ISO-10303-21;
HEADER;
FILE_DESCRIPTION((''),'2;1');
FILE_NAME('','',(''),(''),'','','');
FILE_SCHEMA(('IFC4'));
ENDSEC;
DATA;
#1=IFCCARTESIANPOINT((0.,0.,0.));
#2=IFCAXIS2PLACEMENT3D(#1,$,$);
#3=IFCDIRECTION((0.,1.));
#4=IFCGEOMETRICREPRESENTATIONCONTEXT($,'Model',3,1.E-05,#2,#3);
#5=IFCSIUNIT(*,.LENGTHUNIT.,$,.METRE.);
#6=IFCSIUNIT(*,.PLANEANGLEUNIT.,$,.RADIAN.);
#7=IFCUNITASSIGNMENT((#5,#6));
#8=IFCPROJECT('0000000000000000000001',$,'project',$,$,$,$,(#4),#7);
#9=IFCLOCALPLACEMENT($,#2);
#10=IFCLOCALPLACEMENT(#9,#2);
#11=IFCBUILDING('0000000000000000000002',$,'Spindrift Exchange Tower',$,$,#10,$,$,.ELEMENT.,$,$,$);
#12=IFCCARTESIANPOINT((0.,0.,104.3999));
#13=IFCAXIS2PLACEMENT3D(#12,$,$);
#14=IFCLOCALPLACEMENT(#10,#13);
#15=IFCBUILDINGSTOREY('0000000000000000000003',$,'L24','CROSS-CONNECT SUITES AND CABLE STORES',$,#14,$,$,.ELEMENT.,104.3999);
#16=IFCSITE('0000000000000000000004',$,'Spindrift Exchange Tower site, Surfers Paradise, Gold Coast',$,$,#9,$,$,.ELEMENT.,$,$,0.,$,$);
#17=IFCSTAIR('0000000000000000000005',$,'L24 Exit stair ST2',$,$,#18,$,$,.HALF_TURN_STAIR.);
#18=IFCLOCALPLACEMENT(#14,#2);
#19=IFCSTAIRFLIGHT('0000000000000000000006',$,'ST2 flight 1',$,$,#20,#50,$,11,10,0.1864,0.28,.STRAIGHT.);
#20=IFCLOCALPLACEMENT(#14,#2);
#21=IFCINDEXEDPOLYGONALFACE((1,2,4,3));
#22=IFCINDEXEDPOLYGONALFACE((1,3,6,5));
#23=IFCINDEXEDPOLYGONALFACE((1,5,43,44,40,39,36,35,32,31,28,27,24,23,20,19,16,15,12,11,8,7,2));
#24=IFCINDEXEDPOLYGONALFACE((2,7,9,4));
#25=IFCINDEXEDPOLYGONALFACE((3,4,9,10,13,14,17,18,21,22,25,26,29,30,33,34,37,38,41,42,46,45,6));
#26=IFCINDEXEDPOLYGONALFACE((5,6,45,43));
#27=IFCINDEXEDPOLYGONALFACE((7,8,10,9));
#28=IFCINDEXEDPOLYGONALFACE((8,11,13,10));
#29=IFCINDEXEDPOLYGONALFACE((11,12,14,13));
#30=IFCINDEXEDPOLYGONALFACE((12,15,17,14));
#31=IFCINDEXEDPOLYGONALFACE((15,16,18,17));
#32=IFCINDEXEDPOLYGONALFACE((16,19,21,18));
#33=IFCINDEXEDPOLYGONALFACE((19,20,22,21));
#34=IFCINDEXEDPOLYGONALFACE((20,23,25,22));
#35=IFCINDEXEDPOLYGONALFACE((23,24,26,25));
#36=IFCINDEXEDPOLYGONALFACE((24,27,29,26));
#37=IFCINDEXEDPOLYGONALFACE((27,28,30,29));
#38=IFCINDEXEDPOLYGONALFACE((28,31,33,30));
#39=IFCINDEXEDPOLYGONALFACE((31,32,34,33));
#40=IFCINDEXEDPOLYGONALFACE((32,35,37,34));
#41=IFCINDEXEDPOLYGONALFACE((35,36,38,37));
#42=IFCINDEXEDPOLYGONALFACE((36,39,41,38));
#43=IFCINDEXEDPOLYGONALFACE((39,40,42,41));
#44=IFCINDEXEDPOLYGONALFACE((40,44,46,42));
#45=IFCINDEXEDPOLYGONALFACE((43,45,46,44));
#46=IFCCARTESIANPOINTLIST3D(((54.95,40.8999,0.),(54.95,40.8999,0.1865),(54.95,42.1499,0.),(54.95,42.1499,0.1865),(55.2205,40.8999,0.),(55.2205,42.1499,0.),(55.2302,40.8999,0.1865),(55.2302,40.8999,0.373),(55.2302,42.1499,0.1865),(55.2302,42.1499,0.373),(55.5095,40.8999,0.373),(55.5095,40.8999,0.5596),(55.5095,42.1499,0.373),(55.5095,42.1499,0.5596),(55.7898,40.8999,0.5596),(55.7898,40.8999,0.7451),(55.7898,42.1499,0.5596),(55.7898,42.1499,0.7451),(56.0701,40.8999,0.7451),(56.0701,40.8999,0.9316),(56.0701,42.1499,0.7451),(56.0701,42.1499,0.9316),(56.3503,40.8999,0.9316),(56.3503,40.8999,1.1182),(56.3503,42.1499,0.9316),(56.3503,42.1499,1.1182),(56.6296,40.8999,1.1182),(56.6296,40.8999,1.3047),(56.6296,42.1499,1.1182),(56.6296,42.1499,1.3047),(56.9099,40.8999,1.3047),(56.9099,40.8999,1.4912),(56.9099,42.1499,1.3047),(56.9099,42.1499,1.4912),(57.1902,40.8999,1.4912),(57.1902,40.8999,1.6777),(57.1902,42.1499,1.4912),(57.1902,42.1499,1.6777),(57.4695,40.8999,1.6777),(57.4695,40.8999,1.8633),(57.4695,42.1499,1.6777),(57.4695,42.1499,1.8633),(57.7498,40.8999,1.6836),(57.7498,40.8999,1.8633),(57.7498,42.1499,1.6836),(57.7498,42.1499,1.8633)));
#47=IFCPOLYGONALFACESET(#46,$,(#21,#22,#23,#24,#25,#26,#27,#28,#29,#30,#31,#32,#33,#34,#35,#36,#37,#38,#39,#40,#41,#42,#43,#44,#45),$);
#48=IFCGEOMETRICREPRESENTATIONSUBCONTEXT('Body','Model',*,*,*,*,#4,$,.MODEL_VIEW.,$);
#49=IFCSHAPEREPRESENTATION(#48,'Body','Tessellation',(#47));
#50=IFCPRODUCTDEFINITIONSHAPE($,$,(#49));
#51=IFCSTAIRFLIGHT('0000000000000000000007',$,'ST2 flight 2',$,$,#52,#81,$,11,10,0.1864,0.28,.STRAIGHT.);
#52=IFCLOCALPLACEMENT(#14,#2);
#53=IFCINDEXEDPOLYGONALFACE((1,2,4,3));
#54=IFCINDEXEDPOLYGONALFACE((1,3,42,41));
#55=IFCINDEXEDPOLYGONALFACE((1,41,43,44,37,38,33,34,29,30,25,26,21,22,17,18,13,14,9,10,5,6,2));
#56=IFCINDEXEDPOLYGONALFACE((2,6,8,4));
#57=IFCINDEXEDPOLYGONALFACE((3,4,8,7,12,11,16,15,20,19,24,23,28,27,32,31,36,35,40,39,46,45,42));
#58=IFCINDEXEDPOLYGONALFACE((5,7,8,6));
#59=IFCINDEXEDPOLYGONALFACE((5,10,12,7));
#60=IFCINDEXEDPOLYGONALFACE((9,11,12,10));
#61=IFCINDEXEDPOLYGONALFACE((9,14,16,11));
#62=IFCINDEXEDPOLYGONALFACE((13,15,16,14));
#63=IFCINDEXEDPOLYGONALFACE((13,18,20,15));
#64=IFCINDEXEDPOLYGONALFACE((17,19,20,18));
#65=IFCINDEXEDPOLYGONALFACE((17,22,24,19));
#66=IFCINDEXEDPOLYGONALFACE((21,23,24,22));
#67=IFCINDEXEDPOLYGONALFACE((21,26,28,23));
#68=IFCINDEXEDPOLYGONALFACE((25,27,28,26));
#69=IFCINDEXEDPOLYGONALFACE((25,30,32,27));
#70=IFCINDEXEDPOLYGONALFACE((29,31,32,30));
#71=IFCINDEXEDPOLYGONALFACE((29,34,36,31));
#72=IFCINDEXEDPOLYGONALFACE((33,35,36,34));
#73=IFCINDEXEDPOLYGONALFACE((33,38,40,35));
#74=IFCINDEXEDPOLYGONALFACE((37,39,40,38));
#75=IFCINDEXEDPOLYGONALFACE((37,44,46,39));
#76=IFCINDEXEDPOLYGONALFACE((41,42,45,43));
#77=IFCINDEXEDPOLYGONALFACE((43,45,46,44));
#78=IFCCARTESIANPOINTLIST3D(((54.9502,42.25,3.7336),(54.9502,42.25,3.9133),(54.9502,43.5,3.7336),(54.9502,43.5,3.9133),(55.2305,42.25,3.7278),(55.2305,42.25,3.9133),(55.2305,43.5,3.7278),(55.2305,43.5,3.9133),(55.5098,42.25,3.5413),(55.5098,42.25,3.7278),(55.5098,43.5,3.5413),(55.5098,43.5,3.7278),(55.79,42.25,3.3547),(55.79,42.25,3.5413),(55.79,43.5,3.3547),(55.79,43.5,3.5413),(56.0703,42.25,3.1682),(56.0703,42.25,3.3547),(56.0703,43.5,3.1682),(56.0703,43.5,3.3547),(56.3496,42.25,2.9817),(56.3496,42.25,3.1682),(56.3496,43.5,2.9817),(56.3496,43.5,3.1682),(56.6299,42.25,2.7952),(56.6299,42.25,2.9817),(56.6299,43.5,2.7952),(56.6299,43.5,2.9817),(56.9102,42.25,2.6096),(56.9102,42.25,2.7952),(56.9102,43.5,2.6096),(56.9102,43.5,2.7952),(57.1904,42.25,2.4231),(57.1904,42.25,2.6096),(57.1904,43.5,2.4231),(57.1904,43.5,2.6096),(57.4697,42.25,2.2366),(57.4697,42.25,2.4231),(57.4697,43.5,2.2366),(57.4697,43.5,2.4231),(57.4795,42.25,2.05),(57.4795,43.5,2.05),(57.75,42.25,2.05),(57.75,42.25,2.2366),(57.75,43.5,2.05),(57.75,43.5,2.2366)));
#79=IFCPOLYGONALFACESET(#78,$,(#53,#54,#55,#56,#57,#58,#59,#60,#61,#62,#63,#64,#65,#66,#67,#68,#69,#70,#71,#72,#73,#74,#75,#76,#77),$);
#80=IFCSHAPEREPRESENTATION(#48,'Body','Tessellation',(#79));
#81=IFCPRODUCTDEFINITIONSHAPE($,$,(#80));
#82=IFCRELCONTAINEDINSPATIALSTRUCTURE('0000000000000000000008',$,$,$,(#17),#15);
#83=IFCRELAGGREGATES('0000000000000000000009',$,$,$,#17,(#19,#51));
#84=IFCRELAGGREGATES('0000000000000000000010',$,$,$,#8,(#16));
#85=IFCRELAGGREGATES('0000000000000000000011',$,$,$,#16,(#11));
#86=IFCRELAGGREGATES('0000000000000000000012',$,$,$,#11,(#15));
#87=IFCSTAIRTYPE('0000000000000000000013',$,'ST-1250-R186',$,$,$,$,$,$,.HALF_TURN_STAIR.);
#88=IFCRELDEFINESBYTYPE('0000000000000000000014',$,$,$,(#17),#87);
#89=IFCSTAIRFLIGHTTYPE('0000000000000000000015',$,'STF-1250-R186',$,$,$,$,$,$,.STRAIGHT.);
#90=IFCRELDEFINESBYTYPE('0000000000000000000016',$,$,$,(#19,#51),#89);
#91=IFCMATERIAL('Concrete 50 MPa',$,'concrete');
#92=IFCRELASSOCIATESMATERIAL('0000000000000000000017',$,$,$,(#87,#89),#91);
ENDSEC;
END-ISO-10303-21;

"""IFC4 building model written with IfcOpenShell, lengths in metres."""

from ifc_helpers import new_model, si_unit, direction, frame, origin, place, context, subcontext, project, spatial, line, indexed_curve, outline, extrude, material, type_object, element, aggregate, save


model = new_model("IFC4")

# Units and contexts
model_context = context("Model", 3, precision=1e-05, world=origin(), true_north=direction((0.0, 1.0)))
body_context = subcontext(model_context, "Body", "Model", "MODEL_VIEW")
ifc_project = project(units=[si_unit("LENGTHUNIT", "METRE"), si_unit("PLANEANGLEUNIT", "RADIAN")], contexts=[model_context])

# Site, building, storey
site_placement = place(None, origin())
site = spatial("IfcSite", under=ifc_project, at=site_placement, Name="Spindrift Exchange Tower site, Surfers Paradise, Gold Coast", CompositionType="ELEMENT", RefElevation=0.0)
building_placement = place(site_placement, origin())
building = spatial("IfcBuilding", under=site, at=building_placement, Name="Spindrift Exchange Tower", CompositionType="ELEMENT")
storey_placement = place(building_placement, frame((0.0, 0.0, 104.3999)))
storey = spatial("IfcBuildingStorey", under=building, at=storey_placement, Name="L24", Description="CROSS-CONNECT SUITES AND CABLE STORES", CompositionType="ELEMENT", Elevation=104.3999)

# Stair, stair flights
ifc_material_1 = material(Name="Concrete 50 MPa", Category="concrete")
stair_type = type_object("IfcStairType", Name="ST-1250-R186", PredefinedType="HALF_TURN_STAIR", material=ifc_material_1)
stair_placement = place(storey_placement, origin())
stair = element("IfcStair", 1, at=stair_placement, inside=storey, type_object=stair_type, Name="L24 Exit stair ST2", PredefinedType="HALF_TURN_STAIR")
stair_flight_type = type_object("IfcStairFlightType", Name="STF-1250-R186", PredefinedType="STRAIGHT", material=ifc_material_1)
stair_flight_1_placement = place(storey_placement, frame((54.95, 41.5249, 0.0), z_axis=(0.0, 0.0, 1.0), x_axis=(1.0, 0.0, 0.0)))
stair_flight_1 = element("IfcStairFlight", 2, at=stair_flight_1_placement, type_object=stair_flight_type, Name="ST2 flight 1", NumberOfRisers=11, NumberOfTreads=10, PredefinedType="STRAIGHT", RiserHeight=0.1864, TreadLength=0.28, context=body_context, shape_type="SweptSolid", body=[
    extrude(outline(indexed_curve([(0.0, 0.0), (0.0, 0.1865), (0.2803, 0.1865), (0.2803, 0.373), (0.5596, 0.373), (0.5596, 0.5596), (0.8398, 0.5596), (0.8398, 0.7451), (1.1201, 0.7451), (1.1201, 0.9316), (1.4004, 0.9316), (1.4004, 1.1182), (1.6797, 1.1182), (1.6797, 1.3047), (1.96, 1.3047), (1.96, 1.4912), (2.2402, 1.4912), (2.2402, 1.6777), (2.5195, 1.6777), (2.5195, 1.8633), (2.7998, 1.8633), (2.7998, 2.0498), (2.7998, 1.6836), (0.2705, 0.0)], segments=[line(1, 2, 3, 4, 5, 6, 7, 8, 9, 10, 11, 12, 13, 14, 15, 16, 17, 18, 19, 20, 21, 22, 23, 24, 1)], self_intersect=False)), frame((0.0, 0.625, 0.0), z_axis=(0.0, -1.0, 0.0), x_axis=(1.0, 0.0, 0.0)), (0.0, 0.0, 1.0), 1.25),
])
stair_flight_2_placement = place(storey_placement, frame((57.75, 42.875, 2.05), z_axis=(0.0, 0.0, 1.0), x_axis=(-1.0, 0.0, 0.0)))
stair_flight_2 = element("IfcStairFlight", 3, at=stair_flight_2_placement, type_object=stair_flight_type, Name="ST2 flight 2", NumberOfRisers=11, NumberOfTreads=10, PredefinedType="STRAIGHT", RiserHeight=0.1864, TreadLength=0.28, context=body_context, shape_type="SweptSolid", body=[
    extrude(outline(indexed_curve([(0.0, 0.0), (0.0, 0.1865), (0.2803, 0.1865), (0.2803, 0.373), (0.5596, 0.373), (0.5596, 0.5596), (0.8398, 0.5596), (0.8398, 0.7451), (1.1201, 0.7451), (1.1201, 0.9316), (1.4004, 0.9316), (1.4004, 1.1182), (1.6797, 1.1182), (1.6797, 1.3047), (1.96, 1.3047), (1.96, 1.4912), (2.2402, 1.4912), (2.2402, 1.6777), (2.5195, 1.6777), (2.5195, 1.8633), (2.7998, 1.8633), (2.7998, 2.0498), (2.7998, 1.6836), (0.2705, 0.0)], segments=[line(1, 2, 3, 4, 5, 6, 7, 8, 9, 10, 11, 12, 13, 14, 15, 16, 17, 18, 19, 20, 21, 22, 23, 24, 1)], self_intersect=False)), frame((0.0, 0.625, 0.0), z_axis=(0.0, -1.0, 0.0), x_axis=(1.0, 0.0, 0.0)), (0.0, 0.0, 1.0), 1.25),
])
aggregate(stair, [stair_flight_1, stair_flight_2])

save(model, "model.ifc")
